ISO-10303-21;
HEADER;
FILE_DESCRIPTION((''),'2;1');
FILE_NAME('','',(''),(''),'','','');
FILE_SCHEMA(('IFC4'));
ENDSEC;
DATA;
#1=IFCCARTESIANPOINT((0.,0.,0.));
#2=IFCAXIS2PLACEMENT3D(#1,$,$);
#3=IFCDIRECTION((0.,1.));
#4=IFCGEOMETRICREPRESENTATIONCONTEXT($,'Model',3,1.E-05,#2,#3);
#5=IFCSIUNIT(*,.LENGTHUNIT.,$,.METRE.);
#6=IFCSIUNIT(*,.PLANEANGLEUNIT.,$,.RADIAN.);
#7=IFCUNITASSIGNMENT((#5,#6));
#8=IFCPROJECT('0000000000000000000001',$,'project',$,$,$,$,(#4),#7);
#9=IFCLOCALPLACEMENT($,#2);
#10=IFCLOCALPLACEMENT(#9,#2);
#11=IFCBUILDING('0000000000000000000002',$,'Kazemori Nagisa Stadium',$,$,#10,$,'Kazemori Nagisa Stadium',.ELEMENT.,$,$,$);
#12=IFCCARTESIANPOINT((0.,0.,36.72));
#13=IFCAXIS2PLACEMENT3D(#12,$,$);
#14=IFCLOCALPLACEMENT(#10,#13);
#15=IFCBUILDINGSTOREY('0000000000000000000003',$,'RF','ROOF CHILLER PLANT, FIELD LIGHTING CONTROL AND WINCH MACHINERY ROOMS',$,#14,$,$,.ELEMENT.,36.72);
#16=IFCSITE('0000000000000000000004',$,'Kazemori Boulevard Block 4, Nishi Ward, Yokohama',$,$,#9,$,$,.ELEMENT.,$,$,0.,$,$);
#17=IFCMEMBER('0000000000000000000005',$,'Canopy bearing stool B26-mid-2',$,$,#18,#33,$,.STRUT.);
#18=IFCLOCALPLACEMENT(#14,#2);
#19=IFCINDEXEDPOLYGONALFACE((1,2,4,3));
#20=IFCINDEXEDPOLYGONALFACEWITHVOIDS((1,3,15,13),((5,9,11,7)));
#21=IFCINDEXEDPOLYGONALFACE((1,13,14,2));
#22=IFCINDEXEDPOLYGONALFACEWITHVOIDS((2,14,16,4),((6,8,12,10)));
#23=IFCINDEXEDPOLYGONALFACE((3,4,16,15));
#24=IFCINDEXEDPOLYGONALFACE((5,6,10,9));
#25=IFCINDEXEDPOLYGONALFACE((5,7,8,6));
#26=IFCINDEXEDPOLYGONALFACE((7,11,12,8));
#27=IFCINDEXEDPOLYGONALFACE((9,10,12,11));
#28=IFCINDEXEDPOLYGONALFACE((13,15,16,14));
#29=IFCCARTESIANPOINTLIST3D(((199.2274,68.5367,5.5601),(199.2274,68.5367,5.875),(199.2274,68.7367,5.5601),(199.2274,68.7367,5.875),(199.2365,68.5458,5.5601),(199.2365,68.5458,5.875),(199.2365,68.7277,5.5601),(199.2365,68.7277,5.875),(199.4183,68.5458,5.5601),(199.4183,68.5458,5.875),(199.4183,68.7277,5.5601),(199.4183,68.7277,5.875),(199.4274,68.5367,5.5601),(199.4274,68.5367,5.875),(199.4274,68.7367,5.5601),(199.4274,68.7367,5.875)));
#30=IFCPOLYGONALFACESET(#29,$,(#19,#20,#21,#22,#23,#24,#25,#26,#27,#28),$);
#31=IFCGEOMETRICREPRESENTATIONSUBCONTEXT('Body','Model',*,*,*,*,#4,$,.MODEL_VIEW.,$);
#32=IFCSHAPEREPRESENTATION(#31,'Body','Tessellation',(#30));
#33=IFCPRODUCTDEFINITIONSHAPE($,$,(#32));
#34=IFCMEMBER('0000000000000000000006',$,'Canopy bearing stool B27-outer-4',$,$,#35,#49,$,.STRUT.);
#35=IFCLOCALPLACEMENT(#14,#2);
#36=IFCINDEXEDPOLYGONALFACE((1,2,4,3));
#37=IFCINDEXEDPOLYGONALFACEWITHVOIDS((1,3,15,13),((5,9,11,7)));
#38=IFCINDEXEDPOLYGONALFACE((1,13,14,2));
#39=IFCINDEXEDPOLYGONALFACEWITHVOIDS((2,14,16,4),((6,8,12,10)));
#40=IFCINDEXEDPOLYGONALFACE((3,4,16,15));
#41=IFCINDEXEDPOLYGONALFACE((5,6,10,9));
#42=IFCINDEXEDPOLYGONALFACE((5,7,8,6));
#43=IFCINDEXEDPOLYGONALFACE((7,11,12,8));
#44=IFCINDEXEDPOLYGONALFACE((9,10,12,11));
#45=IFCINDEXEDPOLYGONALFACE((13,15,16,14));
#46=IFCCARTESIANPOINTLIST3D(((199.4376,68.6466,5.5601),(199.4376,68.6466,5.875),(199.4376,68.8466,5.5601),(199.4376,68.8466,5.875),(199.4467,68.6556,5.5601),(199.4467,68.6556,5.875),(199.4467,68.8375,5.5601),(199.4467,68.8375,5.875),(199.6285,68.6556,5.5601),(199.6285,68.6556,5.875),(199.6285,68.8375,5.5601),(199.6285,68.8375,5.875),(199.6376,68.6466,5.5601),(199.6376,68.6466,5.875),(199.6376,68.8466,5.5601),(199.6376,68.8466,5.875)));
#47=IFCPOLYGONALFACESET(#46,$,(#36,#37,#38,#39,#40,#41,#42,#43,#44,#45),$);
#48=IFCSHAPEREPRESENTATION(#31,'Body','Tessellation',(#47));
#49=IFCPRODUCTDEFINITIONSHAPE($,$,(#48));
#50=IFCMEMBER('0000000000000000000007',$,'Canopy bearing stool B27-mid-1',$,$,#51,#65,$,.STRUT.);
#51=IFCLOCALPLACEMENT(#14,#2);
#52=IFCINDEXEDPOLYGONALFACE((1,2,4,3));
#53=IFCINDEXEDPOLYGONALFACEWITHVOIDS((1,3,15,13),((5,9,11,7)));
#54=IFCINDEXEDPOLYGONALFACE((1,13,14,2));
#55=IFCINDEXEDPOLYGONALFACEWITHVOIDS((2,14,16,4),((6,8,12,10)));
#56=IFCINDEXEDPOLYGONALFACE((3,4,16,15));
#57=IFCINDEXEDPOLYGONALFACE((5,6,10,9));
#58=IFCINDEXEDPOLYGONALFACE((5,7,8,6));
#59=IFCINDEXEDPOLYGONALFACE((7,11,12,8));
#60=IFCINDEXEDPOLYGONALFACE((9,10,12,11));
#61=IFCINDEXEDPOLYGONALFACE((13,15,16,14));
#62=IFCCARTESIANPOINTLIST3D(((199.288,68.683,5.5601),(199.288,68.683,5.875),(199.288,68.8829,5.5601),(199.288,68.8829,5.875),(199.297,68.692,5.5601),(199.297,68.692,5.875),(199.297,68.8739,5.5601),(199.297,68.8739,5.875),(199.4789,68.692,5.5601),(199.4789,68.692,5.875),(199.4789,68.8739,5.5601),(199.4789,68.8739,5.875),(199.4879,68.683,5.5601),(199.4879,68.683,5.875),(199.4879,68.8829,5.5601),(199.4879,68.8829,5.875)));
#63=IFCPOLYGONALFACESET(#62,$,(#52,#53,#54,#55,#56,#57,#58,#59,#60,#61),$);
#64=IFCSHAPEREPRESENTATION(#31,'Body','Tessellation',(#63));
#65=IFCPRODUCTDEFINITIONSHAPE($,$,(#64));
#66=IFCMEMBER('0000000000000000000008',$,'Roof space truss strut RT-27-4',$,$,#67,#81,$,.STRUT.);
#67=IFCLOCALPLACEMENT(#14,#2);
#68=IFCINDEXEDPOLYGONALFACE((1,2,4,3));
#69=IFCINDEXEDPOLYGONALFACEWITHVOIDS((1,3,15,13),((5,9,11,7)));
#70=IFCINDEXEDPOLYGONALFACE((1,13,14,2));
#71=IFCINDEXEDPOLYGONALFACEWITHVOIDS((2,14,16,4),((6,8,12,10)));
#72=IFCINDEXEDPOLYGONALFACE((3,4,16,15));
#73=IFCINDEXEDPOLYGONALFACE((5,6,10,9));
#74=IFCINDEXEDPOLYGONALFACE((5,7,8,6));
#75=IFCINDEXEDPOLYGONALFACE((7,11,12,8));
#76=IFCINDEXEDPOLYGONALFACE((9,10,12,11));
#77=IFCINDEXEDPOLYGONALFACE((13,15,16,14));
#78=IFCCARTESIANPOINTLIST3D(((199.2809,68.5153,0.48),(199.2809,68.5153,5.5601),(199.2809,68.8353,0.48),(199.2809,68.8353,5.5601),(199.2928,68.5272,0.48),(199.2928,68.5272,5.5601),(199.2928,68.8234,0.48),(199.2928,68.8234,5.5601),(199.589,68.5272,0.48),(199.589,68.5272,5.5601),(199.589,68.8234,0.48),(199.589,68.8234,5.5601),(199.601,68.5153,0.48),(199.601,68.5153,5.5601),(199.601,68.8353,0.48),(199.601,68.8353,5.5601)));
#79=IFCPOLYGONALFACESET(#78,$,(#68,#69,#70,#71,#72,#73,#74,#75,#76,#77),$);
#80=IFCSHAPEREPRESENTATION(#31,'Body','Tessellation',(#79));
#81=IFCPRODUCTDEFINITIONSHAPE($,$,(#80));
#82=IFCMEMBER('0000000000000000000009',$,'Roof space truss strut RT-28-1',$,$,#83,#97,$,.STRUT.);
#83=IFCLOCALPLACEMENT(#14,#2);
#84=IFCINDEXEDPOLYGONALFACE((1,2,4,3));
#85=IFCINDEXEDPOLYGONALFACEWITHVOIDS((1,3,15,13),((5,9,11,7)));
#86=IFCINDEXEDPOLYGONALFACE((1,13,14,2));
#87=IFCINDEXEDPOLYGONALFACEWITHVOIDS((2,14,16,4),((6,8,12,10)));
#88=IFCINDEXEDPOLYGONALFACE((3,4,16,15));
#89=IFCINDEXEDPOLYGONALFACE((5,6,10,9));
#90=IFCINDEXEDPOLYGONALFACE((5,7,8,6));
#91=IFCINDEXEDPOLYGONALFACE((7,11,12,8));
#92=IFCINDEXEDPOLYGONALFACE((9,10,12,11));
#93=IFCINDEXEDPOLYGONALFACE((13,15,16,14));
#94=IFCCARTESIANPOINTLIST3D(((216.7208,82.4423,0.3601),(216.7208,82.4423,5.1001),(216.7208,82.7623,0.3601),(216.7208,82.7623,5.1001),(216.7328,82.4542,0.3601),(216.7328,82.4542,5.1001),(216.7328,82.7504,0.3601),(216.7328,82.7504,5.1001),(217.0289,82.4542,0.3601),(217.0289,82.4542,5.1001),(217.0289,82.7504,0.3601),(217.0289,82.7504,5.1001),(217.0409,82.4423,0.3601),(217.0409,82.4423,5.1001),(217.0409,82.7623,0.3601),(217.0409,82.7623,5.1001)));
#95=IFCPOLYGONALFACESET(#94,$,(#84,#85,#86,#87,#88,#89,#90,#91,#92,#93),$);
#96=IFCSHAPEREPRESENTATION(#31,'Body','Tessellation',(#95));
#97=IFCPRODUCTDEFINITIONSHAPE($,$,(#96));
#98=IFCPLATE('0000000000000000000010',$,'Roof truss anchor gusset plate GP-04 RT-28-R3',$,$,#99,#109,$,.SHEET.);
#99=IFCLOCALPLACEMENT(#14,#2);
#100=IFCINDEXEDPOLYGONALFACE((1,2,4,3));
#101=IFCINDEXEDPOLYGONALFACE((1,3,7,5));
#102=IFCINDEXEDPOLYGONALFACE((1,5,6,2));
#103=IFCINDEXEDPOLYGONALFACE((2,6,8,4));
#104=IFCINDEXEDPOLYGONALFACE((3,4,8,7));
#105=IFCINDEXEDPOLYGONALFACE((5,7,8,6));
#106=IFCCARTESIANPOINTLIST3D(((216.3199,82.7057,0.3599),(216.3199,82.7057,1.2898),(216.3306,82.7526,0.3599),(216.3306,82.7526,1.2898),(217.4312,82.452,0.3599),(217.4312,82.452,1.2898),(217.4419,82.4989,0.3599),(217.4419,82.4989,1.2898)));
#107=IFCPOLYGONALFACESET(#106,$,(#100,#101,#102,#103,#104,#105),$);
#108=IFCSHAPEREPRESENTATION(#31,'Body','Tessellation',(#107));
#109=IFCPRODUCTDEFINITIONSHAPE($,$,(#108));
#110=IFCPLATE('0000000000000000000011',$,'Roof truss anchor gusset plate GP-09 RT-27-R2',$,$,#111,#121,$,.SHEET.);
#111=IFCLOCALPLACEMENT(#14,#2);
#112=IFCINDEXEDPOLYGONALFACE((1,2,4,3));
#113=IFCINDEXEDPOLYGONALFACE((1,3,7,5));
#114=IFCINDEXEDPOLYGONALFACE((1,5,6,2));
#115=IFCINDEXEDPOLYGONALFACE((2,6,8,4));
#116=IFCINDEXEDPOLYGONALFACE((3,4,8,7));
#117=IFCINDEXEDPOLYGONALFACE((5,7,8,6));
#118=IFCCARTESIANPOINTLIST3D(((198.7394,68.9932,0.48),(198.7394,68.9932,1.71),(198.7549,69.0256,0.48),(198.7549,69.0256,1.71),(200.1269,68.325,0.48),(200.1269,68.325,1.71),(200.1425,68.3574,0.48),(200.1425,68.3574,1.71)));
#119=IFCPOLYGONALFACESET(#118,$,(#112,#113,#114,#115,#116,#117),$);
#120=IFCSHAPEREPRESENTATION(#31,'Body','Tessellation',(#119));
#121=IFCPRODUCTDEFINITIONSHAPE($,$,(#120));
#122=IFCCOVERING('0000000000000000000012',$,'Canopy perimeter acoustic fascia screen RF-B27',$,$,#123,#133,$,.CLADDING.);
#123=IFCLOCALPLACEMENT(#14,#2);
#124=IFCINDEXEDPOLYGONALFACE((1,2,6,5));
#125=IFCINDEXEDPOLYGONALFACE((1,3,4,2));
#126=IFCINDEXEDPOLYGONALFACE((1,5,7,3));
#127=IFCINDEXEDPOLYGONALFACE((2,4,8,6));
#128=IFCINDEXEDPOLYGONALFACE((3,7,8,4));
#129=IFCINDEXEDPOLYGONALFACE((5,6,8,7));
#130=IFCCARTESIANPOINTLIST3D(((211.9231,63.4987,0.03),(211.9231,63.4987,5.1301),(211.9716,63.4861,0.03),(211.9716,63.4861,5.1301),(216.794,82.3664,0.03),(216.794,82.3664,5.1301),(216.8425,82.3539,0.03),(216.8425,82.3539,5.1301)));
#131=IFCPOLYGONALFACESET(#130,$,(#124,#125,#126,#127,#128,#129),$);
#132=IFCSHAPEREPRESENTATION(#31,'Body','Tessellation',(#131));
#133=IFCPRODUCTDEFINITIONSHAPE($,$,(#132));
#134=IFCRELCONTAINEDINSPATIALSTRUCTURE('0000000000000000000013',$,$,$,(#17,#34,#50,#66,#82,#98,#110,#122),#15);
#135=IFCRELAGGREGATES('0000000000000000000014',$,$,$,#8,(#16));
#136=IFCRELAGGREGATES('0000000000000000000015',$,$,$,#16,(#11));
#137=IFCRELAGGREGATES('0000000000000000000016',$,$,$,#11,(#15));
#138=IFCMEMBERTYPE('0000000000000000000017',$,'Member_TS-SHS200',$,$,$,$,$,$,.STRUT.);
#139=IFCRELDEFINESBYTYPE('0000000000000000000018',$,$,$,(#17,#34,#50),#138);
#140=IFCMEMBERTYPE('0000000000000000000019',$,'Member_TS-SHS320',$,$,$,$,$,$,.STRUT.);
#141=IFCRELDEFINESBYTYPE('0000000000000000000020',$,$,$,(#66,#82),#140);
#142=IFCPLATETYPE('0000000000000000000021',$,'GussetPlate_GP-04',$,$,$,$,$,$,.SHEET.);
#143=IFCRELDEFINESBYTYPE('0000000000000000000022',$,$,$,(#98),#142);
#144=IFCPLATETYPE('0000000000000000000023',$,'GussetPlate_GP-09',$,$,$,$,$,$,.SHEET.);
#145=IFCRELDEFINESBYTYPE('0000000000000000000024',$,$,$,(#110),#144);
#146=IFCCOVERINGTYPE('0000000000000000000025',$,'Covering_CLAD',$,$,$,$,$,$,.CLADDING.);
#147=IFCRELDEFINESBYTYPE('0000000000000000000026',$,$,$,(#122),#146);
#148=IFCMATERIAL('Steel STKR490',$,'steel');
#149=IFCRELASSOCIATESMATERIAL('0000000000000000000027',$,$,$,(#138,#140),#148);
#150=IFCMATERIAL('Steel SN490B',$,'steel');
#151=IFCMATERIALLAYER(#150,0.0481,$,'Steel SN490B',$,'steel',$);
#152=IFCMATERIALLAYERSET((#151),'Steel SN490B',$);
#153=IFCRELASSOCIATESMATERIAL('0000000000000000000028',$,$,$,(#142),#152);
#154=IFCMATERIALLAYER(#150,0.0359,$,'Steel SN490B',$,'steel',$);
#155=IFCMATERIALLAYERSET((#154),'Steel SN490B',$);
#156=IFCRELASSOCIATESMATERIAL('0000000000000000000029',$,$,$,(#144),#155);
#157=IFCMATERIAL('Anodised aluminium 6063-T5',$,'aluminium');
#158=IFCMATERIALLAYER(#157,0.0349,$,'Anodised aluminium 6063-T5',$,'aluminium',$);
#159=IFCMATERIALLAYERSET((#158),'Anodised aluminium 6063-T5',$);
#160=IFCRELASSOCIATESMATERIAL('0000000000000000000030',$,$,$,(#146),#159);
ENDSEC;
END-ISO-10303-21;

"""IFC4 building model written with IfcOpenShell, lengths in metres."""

from ifc_helpers import new_model, si_unit, direction, frame, origin, origin_2d, place, context, subcontext, project, spatial, rectangle, hollow_rectangle, extrude, material, layer, layer_set, material_profile, profile_set, type_object, element, save


model = new_model("IFC4")

# Units and contexts
model_context = context("Model", 3, precision=1e-05, world=origin(), true_north=direction((0.0, 1.0)))
body_context = subcontext(model_context, "Body", "Model", "MODEL_VIEW")
ifc_project = project(units=[si_unit("LENGTHUNIT", "METRE"), si_unit("PLANEANGLEUNIT", "RADIAN")], contexts=[model_context])

# Site, building, storey
site_placement = place(None, origin())
site = spatial("IfcSite", under=ifc_project, at=site_placement, Name="Kazemori Boulevard Block 4, Nishi Ward, Yokohama", CompositionType="ELEMENT", RefElevation=0.0)
building_placement = place(site_placement, origin())
building = spatial("IfcBuilding", under=site, at=building_placement, Name="Kazemori Nagisa Stadium", LongName="Kazemori Nagisa Stadium", CompositionType="ELEMENT")
storey_placement = place(building_placement, frame((0.0, 0.0, 36.72)))
storey = spatial("IfcBuildingStorey", under=building, at=storey_placement, Name="RF", Description="ROOF CHILLER PLANT, FIELD LIGHTING CONTROL AND WINCH MACHINERY ROOMS", CompositionType="ELEMENT", Elevation=36.72)

# Shared definitions
ifc_material_1 = material(Name="Steel SN490B", Category="steel")

# Members
ifc_material_2 = material(Name="Steel STKR490", Category="steel")
ifc_material_profile_1 = material_profile(ifc_material_2, hollow_rectangle(XDim=0.2, YDim=0.2, WallThickness=0.009, at=origin_2d()), Name="SHS-200x200x9")
ifc_profile_set_1 = profile_set([ifc_material_profile_1], Name="Steel STKR490")
member_type_1 = type_object("IfcMemberType", Name="Member_TS-SHS200", PredefinedType="STRUT", material=ifc_profile_set_1)
for number, where, z_axis, x_axis, name in (
    (1, (199.3274, 68.6367, 5.5601), (0.0, 0.0, 1.0), (1.0, 0.0, 0.0), "Canopy bearing stool B26-mid-2"),
    (2, (199.5376, 68.7466, 5.5601), (0.0, 0.0, 1.0), (1.0, 0.0, 0.0), "Canopy bearing stool B27-outer-4"),
    (3, (199.3879, 68.783, 5.5601), (0.0, 0.0, 1.0), (1.0, 0.0, 0.0), "Canopy bearing stool B27-mid-1"),
):
    element("IfcMember", number, at=place(storey_placement, frame(where, z_axis=z_axis, x_axis=x_axis)), inside=storey, type_object=member_type_1, Name=name, PredefinedType="STRUT", context=body_context, shape_type="SweptSolid", body=[
        extrude(hollow_rectangle(XDim=0.2, YDim=0.2, WallThickness=0.009, at=origin_2d()), origin(), (0.0, 0.0, 1.0), 0.3149),
    ])
ifc_material_profile_2 = material_profile(ifc_material_2, hollow_rectangle(XDim=0.3201, YDim=0.3201, WallThickness=0.012, at=origin_2d()), Name="SHS-320x320x12")
ifc_profile_set_2 = profile_set([ifc_material_profile_2], Name="Steel STKR490")
member_type_2 = type_object("IfcMemberType", Name="Member_TS-SHS320", PredefinedType="STRUT", material=ifc_profile_set_2)
member_1_placement = place(storey_placement, frame((199.4409, 68.6753, 0.48), z_axis=(0.0, 0.0, 1.0), x_axis=(1.0, 0.0, 0.0)))
element("IfcMember", 4, at=member_1_placement, inside=storey, type_object=member_type_2, Name="Roof space truss strut RT-27-4", PredefinedType="STRUT", context=body_context, shape_type="SweptSolid", body=[
    extrude(hollow_rectangle(XDim=0.3201, YDim=0.3201, WallThickness=0.012, at=origin_2d()), origin(), (0.0, 0.0, 1.0), 5.0801),
])
member_2_placement = place(storey_placement, frame((216.8809, 82.6023, 0.3601), z_axis=(0.0, 0.0, 1.0), x_axis=(1.0, 0.0, 0.0)))
element("IfcMember", 5, at=member_2_placement, inside=storey, type_object=member_type_2, Name="Roof space truss strut RT-28-1", PredefinedType="STRUT", context=body_context, shape_type="SweptSolid", body=[
    extrude(hollow_rectangle(XDim=0.3201, YDim=0.3201, WallThickness=0.012, at=origin_2d()), origin(), (0.0, 0.0, 1.0), 4.74),
])

# Plates
ifc_layer_1 = layer(ifc_material_1, 0.0481, Name="Steel SN490B", Category="steel")
ifc_layer_set_1 = layer_set([ifc_layer_1], Name="Steel SN490B")
plate_type_1 = type_object("IfcPlateType", Name="GussetPlate_GP-04", PredefinedType="SHEET", material=ifc_layer_set_1)
plate_1_placement = place(storey_placement, frame((216.8809, 82.6023, 0.3599), z_axis=(0.0, 0.0, 1.0), x_axis=(0.974928, -0.222521, 0.0)))
element("IfcPlate", 6, at=plate_1_placement, inside=storey, type_object=plate_type_1, Name="Roof truss anchor gusset plate GP-04 RT-28-R3", PredefinedType="SHEET", context=body_context, shape_type="SweptSolid", body=[
    extrude(rectangle(XDim=1.1399, YDim=0.0481, at=origin_2d()), origin(), (0.0, 0.0, 1.0), 0.9299),
])
ifc_layer_2 = layer(ifc_material_1, 0.0359, Name="Steel SN490B", Category="steel")
ifc_layer_set_2 = layer_set([ifc_layer_2], Name="Steel SN490B")
plate_type_2 = type_object("IfcPlateType", Name="GussetPlate_GP-09", PredefinedType="SHEET", material=ifc_layer_set_2)
plate_2_placement = place(storey_placement, frame((199.4409, 68.6753, 0.48), z_axis=(0.0, 0.0, 1.0), x_axis=(0.900969, -0.433884, 0.0)))
element("IfcPlate", 7, at=plate_2_placement, inside=storey, type_object=plate_type_2, Name="Roof truss anchor gusset plate GP-09 RT-27-R2", PredefinedType="SHEET", context=body_context, shape_type="SweptSolid", body=[
    extrude(rectangle(XDim=1.54, YDim=0.0359, at=origin_2d()), origin(), (0.0, 0.0, 1.0), 1.23),
])

# Covering
ifc_material_3 = material(Name="Anodised aluminium 6063-T5", Category="aluminium")
ifc_layer_3 = layer(ifc_material_3, 0.0349, Name="Anodised aluminium 6063-T5", Category="aluminium")
ifc_layer_set_3 = layer_set([ifc_layer_3], Name="Anodised aluminium 6063-T5")
covering_type = type_object("IfcCoveringType", Name="Covering_CLAD", PredefinedType="CLADDING", material=ifc_layer_set_3)
covering_placement = place(storey_placement, frame((214.3828, 72.9263, 0.03), z_axis=(0.0, 0.0, 1.0), x_axis=(0.249965, 0.968255, 0.0)))
element("IfcCovering", 8, at=covering_placement, inside=storey, type_object=covering_type, Name="Canopy perimeter acoustic fascia screen RF-B27", PredefinedType="CLADDING", context=body_context, shape_type="SweptSolid", body=[
    extrude(rectangle(XDim=19.4863, YDim=0.05, at=origin_2d()), origin(), (0.0, 0.0, 1.0), 5.1001),
])

save(model, "model.ifc")
